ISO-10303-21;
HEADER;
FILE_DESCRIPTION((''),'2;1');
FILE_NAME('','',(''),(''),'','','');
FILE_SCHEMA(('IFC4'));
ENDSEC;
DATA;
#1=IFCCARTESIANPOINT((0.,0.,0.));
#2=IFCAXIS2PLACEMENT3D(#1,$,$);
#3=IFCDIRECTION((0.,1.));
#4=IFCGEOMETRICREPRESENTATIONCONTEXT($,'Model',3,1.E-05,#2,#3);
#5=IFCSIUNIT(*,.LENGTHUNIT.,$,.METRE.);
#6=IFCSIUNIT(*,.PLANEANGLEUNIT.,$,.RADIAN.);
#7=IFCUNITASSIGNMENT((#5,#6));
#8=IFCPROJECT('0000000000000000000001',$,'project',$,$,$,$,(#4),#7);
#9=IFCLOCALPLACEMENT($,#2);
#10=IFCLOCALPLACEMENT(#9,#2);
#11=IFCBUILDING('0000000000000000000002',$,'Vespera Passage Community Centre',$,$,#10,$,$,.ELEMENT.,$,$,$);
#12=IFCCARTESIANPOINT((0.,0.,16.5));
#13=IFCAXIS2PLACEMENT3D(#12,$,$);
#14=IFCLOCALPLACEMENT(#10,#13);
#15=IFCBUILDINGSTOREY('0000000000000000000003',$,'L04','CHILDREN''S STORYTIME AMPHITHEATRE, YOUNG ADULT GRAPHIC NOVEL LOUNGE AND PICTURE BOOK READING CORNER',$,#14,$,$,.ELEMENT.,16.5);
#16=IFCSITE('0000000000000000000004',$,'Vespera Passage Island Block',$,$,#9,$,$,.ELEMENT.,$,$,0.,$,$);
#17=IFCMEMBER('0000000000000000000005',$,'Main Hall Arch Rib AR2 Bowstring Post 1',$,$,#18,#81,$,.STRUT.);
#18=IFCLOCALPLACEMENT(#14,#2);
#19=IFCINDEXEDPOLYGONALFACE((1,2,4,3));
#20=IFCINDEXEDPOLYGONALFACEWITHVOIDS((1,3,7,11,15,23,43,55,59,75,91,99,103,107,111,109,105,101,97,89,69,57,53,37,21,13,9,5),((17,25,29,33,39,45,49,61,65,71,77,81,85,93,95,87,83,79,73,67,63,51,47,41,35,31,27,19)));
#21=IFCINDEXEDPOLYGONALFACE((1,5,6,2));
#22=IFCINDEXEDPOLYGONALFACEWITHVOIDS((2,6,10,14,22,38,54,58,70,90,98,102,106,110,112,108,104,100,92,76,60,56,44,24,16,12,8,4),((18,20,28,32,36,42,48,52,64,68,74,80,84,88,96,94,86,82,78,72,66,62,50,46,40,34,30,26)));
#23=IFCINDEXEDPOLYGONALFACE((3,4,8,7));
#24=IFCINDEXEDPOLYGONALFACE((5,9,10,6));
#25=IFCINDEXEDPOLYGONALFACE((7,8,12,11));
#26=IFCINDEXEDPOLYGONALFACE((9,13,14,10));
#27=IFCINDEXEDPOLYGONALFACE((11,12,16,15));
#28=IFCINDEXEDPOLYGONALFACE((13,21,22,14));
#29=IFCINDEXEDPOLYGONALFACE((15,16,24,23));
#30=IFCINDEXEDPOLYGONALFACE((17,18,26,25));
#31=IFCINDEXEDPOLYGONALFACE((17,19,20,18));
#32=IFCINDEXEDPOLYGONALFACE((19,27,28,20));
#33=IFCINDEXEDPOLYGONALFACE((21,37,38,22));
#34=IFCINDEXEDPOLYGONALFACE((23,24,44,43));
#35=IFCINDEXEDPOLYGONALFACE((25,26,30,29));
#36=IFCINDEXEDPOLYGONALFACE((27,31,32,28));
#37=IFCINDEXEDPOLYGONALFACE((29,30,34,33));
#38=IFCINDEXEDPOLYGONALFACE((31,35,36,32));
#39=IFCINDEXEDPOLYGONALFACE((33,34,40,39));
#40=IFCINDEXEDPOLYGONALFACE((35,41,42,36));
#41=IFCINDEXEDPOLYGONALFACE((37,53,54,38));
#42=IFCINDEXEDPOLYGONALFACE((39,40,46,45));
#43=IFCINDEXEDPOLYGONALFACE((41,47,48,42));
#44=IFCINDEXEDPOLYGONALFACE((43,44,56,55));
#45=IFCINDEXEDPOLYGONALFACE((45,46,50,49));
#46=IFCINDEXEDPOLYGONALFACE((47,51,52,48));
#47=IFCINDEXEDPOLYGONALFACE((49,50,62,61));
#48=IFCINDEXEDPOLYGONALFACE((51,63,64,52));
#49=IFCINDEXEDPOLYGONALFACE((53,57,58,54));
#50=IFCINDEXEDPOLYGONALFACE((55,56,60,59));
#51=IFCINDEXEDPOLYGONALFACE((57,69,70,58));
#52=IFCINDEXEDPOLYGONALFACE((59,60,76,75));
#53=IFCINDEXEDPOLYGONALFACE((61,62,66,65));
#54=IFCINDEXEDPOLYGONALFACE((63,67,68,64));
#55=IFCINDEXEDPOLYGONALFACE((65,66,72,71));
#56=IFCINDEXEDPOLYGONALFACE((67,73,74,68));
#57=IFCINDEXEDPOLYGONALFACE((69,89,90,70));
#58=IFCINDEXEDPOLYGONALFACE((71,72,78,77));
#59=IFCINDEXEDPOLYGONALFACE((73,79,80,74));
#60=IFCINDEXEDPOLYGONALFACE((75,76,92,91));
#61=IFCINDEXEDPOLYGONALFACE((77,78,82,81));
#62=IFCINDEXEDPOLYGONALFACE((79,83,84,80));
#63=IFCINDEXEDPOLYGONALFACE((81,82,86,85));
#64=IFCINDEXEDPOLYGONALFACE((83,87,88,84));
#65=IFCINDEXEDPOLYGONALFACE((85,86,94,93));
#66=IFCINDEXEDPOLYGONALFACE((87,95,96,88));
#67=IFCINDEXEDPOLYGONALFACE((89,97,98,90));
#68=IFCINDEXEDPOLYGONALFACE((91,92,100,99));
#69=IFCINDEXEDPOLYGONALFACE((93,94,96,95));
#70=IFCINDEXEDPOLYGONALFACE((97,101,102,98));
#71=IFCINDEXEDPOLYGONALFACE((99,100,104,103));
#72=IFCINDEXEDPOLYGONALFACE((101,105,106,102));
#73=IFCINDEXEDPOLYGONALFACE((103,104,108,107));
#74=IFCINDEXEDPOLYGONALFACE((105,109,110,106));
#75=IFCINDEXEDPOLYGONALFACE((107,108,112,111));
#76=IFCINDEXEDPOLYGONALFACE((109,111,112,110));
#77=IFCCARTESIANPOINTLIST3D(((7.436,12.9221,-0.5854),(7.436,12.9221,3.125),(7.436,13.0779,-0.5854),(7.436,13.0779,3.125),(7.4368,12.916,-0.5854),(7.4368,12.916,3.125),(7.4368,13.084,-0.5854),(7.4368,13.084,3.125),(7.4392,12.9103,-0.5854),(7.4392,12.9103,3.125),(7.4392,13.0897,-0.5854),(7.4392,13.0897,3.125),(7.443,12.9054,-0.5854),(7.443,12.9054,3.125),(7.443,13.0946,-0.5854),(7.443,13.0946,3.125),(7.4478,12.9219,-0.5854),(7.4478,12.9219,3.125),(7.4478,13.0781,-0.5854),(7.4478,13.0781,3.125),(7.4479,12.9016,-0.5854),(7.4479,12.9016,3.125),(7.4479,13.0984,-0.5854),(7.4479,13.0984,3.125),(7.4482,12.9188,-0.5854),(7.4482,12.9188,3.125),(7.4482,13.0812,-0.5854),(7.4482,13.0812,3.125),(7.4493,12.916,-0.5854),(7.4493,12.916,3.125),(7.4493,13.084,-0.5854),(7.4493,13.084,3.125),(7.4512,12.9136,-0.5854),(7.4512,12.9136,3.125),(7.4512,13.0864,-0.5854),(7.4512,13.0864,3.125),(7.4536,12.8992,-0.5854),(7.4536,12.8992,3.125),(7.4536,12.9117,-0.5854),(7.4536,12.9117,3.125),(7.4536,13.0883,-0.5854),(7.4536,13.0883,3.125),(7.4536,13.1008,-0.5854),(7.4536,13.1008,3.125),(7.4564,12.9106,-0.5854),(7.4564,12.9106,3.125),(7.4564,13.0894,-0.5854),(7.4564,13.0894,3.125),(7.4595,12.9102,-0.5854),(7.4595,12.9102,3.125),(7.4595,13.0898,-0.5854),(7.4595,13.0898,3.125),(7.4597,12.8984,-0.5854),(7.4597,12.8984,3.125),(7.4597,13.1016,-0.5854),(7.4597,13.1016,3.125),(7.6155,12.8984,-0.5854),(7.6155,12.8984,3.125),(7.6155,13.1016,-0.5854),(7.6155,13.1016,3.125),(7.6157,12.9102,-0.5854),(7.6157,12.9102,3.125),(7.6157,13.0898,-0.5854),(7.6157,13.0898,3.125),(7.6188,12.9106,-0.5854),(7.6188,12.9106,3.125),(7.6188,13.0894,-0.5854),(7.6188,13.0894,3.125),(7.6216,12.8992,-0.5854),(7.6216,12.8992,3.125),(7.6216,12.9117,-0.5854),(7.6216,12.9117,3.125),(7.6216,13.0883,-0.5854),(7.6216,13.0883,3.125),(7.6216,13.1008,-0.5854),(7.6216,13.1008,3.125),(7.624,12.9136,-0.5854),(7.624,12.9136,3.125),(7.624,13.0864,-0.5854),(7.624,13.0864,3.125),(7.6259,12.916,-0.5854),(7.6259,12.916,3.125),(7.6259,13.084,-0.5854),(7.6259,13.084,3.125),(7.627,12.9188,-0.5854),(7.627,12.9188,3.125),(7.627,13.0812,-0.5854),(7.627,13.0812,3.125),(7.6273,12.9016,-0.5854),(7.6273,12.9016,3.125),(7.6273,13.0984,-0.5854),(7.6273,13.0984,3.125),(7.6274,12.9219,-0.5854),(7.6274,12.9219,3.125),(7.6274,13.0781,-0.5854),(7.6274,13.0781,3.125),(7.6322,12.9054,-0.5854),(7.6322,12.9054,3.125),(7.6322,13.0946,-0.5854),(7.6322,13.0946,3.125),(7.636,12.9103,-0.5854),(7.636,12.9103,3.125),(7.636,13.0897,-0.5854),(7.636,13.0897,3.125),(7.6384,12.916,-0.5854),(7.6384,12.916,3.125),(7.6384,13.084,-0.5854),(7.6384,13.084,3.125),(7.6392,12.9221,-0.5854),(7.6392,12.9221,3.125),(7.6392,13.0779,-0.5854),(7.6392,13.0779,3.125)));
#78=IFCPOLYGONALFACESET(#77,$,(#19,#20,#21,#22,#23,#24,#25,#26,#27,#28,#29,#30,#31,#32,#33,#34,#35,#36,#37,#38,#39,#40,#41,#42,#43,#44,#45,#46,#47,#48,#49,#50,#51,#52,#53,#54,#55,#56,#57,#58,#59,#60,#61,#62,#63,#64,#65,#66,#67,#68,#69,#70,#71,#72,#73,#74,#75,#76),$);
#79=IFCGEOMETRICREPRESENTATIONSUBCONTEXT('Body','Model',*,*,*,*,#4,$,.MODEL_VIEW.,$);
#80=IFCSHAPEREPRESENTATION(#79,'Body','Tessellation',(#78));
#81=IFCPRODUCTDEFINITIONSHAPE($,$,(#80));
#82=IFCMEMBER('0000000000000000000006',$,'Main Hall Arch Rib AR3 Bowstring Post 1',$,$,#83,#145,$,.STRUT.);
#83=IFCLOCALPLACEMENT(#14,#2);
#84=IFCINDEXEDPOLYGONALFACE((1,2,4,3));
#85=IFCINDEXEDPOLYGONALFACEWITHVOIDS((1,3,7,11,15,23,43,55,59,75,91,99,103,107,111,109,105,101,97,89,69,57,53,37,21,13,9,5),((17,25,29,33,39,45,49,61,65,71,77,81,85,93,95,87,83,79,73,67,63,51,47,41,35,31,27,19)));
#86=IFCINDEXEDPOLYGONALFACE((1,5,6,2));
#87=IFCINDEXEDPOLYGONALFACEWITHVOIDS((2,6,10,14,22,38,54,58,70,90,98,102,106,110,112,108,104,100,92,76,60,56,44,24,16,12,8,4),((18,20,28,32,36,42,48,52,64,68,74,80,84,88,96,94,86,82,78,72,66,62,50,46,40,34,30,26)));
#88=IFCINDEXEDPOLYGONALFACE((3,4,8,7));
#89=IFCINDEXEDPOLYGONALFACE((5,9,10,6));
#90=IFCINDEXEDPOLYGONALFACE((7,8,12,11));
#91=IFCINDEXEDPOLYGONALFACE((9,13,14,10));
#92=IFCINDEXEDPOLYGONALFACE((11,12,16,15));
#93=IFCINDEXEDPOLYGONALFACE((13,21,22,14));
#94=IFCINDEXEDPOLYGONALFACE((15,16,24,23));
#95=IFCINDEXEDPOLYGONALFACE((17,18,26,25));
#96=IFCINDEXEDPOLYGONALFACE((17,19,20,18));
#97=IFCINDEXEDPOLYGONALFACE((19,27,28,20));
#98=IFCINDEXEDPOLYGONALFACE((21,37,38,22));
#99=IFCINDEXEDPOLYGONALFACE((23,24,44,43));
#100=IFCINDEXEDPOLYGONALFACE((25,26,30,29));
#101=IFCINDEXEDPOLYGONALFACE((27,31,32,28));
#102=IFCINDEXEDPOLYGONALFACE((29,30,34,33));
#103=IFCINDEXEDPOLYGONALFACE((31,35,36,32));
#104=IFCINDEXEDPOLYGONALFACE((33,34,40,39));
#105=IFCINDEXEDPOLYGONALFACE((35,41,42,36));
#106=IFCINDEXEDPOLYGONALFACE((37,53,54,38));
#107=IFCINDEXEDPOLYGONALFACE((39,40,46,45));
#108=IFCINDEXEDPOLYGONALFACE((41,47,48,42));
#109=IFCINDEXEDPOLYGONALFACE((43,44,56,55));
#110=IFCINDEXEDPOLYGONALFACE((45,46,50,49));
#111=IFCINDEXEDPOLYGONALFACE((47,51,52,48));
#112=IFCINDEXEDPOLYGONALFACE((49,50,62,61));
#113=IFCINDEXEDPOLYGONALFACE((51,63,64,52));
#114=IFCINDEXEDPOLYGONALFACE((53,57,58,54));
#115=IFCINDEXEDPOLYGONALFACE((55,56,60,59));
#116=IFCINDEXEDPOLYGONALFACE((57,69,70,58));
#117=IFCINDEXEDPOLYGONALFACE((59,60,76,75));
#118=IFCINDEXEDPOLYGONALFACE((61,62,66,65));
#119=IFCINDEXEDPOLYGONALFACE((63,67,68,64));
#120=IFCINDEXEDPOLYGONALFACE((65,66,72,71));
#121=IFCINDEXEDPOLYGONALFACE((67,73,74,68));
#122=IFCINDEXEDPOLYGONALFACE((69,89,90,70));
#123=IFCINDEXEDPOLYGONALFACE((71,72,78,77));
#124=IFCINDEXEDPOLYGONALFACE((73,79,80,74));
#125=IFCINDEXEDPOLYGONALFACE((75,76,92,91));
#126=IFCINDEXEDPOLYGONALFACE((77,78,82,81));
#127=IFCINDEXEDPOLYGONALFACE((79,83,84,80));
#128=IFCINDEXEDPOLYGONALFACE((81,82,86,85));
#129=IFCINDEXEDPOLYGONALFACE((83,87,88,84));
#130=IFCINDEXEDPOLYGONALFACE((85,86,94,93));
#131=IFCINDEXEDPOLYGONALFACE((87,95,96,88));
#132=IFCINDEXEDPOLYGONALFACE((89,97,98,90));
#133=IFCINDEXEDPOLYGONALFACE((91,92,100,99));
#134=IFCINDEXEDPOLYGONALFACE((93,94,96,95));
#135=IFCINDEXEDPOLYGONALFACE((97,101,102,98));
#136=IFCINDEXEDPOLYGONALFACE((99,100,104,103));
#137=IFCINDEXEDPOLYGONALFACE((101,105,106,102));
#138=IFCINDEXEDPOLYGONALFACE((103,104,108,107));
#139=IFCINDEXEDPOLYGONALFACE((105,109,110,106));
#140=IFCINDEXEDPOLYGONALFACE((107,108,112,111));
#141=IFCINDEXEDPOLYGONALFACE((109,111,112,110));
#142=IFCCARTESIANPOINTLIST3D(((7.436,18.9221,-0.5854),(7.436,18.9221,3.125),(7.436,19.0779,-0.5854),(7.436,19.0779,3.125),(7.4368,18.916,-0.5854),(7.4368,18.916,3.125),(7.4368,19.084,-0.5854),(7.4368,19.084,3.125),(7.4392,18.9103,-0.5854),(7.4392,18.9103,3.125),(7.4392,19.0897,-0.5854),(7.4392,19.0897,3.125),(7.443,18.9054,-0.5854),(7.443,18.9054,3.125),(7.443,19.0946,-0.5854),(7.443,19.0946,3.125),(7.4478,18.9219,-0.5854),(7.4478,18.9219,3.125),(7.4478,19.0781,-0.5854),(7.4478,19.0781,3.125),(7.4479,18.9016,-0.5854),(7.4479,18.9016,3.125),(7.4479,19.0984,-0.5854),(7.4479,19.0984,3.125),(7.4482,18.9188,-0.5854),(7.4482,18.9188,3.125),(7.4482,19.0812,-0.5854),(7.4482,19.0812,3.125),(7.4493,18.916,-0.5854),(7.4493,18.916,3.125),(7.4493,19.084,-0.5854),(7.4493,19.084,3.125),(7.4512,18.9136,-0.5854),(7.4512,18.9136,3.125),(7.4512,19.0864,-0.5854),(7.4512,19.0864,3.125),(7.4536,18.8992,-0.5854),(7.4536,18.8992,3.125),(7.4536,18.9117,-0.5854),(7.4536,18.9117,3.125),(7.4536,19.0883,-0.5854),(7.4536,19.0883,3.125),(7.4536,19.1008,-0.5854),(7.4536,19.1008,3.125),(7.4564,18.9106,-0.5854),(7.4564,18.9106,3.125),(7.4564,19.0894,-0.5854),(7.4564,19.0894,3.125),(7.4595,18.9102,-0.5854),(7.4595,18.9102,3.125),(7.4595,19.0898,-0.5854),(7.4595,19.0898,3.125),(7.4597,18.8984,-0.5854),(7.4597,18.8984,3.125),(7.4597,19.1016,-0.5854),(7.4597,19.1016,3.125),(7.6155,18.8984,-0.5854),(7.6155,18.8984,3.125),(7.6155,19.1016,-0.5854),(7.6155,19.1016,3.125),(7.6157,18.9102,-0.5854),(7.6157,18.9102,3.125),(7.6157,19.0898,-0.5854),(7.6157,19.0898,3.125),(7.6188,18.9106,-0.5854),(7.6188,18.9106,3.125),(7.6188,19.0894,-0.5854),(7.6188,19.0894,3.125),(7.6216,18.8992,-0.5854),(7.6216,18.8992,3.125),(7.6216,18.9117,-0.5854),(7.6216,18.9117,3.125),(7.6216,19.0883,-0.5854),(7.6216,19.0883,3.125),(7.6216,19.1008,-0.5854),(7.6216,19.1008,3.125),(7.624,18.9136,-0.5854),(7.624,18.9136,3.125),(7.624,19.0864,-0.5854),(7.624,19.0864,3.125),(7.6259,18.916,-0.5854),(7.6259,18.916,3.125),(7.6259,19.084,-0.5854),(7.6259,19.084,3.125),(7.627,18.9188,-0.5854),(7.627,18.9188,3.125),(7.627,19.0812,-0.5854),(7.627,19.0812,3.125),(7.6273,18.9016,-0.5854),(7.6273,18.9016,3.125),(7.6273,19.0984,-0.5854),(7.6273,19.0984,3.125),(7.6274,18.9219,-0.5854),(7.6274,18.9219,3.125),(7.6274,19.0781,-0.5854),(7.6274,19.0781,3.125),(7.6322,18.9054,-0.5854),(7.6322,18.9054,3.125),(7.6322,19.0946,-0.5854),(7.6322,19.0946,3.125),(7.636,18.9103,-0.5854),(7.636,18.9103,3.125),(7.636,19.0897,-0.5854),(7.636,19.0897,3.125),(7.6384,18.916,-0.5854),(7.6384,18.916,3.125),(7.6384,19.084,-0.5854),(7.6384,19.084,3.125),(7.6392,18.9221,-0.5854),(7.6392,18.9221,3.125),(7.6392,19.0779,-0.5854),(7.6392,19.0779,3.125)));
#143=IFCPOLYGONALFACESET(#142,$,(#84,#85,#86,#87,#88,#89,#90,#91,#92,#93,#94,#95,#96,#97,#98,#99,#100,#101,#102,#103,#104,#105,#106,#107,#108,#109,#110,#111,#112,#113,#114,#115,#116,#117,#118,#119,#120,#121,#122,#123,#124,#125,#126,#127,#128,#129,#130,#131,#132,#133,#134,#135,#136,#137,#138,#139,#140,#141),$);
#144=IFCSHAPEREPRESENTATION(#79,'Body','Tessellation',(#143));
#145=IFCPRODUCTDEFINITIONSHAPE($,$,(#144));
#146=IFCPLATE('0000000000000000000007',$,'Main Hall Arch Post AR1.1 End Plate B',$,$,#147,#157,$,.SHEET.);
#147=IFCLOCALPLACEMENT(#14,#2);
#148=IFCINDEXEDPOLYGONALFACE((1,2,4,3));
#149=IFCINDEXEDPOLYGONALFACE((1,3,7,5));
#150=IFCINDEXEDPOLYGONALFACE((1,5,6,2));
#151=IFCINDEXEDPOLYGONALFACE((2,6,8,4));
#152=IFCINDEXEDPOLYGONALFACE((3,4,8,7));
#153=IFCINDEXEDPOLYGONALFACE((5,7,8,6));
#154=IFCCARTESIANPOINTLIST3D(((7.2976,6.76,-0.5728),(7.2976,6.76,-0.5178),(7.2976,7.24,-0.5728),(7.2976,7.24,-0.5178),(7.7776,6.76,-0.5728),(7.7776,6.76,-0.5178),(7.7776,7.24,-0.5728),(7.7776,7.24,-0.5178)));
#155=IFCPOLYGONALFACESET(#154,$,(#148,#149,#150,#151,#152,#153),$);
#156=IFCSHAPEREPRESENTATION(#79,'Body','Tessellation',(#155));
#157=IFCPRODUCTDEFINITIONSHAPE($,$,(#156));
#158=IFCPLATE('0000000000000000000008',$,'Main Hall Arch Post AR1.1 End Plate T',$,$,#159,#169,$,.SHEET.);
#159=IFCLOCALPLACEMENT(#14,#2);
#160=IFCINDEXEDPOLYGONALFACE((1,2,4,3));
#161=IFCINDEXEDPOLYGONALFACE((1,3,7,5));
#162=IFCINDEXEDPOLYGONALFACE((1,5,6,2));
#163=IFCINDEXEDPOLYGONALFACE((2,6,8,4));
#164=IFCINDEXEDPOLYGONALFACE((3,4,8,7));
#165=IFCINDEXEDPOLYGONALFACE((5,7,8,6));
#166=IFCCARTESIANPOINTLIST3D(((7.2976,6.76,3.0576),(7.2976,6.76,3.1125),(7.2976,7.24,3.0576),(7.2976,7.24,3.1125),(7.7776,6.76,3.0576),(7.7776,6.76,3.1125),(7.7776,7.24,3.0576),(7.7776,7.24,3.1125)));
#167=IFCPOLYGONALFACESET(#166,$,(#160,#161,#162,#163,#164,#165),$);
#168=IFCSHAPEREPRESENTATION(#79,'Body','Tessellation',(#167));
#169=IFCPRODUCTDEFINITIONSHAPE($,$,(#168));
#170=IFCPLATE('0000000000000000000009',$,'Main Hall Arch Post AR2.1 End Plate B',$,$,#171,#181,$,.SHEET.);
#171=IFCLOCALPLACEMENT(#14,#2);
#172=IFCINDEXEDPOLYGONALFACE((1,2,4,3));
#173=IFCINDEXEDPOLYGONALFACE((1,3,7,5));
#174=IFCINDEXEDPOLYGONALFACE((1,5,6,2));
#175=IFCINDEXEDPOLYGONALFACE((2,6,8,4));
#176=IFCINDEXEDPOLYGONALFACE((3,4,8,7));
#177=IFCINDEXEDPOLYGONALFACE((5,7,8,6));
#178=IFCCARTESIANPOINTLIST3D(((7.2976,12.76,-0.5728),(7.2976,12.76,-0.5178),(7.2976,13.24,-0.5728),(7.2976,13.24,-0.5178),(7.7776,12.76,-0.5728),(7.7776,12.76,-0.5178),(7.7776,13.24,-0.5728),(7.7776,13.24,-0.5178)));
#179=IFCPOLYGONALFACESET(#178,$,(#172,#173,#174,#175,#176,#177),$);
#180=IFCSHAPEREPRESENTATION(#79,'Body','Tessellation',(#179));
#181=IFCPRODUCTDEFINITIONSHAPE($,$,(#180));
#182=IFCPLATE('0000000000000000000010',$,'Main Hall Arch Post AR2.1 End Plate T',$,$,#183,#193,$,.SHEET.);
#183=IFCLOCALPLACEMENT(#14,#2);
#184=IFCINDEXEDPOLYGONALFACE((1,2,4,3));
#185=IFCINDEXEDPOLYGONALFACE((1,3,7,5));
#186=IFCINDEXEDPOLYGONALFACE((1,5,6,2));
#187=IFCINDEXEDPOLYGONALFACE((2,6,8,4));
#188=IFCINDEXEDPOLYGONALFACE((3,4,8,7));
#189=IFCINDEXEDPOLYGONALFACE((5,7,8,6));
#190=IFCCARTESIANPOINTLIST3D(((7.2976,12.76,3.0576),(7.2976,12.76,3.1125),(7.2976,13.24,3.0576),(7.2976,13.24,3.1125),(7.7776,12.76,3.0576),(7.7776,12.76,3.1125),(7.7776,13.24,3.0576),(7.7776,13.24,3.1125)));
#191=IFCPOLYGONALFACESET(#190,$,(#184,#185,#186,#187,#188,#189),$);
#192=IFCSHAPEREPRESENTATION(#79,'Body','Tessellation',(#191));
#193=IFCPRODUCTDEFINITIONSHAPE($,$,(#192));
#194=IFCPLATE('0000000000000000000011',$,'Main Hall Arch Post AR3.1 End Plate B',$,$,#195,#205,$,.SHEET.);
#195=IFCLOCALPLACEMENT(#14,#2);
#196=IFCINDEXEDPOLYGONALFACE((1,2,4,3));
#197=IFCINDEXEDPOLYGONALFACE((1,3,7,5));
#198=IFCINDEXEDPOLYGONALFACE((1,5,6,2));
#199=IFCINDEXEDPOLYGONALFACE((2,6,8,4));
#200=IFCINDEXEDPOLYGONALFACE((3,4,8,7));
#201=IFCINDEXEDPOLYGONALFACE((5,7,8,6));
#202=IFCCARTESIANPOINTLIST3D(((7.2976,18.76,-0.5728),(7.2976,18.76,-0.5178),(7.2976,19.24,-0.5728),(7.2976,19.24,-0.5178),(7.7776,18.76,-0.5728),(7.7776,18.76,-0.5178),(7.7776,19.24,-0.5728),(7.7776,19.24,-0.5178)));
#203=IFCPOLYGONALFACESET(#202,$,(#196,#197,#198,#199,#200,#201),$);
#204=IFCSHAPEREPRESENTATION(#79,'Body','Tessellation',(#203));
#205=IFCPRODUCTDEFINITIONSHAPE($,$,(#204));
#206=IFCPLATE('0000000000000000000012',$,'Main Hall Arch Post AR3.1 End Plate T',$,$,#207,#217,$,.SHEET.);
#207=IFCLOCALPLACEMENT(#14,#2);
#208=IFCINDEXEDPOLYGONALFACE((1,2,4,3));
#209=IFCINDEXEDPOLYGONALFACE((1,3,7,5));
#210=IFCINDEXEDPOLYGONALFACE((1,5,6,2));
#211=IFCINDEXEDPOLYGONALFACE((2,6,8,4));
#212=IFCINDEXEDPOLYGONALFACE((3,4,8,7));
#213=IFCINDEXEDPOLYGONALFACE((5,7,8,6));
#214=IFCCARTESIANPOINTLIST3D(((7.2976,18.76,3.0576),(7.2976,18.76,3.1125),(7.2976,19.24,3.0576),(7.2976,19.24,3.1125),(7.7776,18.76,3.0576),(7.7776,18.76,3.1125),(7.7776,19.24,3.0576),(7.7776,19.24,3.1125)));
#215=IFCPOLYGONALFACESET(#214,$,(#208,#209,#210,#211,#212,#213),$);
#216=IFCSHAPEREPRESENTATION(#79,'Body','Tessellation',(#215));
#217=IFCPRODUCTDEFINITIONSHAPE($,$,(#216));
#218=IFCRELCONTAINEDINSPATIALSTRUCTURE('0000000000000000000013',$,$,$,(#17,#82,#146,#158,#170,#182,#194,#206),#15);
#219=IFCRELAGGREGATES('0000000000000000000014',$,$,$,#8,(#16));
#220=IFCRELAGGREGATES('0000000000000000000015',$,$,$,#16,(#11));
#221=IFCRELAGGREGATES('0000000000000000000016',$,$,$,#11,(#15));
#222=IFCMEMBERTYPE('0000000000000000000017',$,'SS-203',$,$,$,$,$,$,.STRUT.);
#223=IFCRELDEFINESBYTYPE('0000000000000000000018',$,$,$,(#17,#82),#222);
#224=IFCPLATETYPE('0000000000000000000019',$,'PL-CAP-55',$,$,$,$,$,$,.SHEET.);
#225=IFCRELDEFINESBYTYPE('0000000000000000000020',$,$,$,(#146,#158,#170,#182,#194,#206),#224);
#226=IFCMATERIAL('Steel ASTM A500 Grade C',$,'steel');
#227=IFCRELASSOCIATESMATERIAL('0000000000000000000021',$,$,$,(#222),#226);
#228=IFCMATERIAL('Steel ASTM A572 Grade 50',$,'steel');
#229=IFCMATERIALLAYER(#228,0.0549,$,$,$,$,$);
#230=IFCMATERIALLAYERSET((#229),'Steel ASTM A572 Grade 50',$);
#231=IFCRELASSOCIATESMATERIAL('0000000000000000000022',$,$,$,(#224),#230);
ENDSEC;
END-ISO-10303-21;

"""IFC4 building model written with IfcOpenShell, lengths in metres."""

from ifc_helpers import new_model, si_unit, direction, frame, origin, origin_2d, place, context, subcontext, project, spatial, rectangle, hollow_rectangle, extrude, material, layer, layer_set, material_profile, profile_set, type_object, element, save


model = new_model("IFC4")

# Units and contexts
model_context = context("Model", 3, precision=1e-05, world=origin(), true_north=direction((0.0, 1.0)))
body_context = subcontext(model_context, "Body", "Model", "MODEL_VIEW")
ifc_project = project(units=[si_unit("LENGTHUNIT", "METRE"), si_unit("PLANEANGLEUNIT", "RADIAN")], contexts=[model_context])

# Site, building, storey
site_placement = place(None, origin())
site = spatial("IfcSite", under=ifc_project, at=site_placement, Name="Vespera Passage Island Block", CompositionType="ELEMENT", RefElevation=0.0)
building_placement = place(site_placement, origin())
building = spatial("IfcBuilding", under=site, at=building_placement, Name="Vespera Passage Community Centre", CompositionType="ELEMENT")
storey_placement = place(building_placement, frame((0.0, 0.0, 16.5)))
storey = spatial("IfcBuildingStorey", under=building, at=storey_placement, Name="L04", Description="CHILDREN'S STORYTIME AMPHITHEATRE, YOUNG ADULT GRAPHIC NOVEL LOUNGE AND PICTURE BOOK READING CORNER", CompositionType="ELEMENT", Elevation=16.5)

# Members
ifc_material_1 = material(Name="Steel ASTM A500 Grade C", Category="steel")
ifc_material_profile_1 = material_profile(ifc_material_1, hollow_rectangle(XDim=0.2031, YDim=0.2031, WallThickness=0.0117, InnerFilletRadius=0.0117, OuterFilletRadius=0.0237, at=origin_2d()), Name="HSS203X203X12.7")
ifc_profile_set_1 = profile_set([ifc_material_profile_1], Name="Steel ASTM A500 Grade C")
member_type_1 = type_object("IfcMemberType", Name="SS-203", PredefinedType="STRUT", material=ifc_profile_set_1)
for number, where, z_axis, x_axis, name in (
    (1, (7.5376, 13.0, -0.5854), (0.0, 0.0, 1.0), (1.0, 0.0, 0.0), "Main Hall Arch Rib AR2 Bowstring Post 1"),
    (2, (7.5376, 19.0, -0.5854), (0.0, 0.0, 1.0), (1.0, 0.0, 0.0), "Main Hall Arch Rib AR3 Bowstring Post 1"),
):
    element("IfcMember", number, at=place(storey_placement, frame(where, z_axis=z_axis, x_axis=x_axis)), inside=storey, type_object=member_type_1, Name=name, PredefinedType="STRUT", context=body_context, shape_type="SweptSolid", body=[
        extrude(hollow_rectangle(XDim=0.2031, YDim=0.2031, WallThickness=0.0117, InnerFilletRadius=0.0117, OuterFilletRadius=0.0237, at=origin_2d()), origin(), (0.0, 0.0, 1.0), 3.7104),
    ])

# Plates
ifc_material_2 = material(Name="Steel ASTM A572 Grade 50", Category="steel")
ifc_layer_1 = layer(ifc_material_2, 0.0549)
ifc_layer_set_1 = layer_set([ifc_layer_1], Name="Steel ASTM A572 Grade 50")
plate_type = type_object("IfcPlateType", Name="PL-CAP-55", PredefinedType="SHEET", material=ifc_layer_set_1)
for number, where, z_axis, x_axis, name in (
    (3, (7.5376, 7.0, -0.5728), (0.0, 0.0, 1.0), (1.0, 0.0, 0.0), "Main Hall Arch Post AR1.1 End Plate B"),
    (4, (7.5376, 7.0, 3.0576), (0.0, 0.0, 1.0), (1.0, 0.0, 0.0), "Main Hall Arch Post AR1.1 End Plate T"),
    (5, (7.5376, 13.0, -0.5728), (0.0, 0.0, 1.0), (1.0, 0.0, 0.0), "Main Hall Arch Post AR2.1 End Plate B"),
    (6, (7.5376, 13.0, 3.0576), (0.0, 0.0, 1.0), (1.0, 0.0, 0.0), "Main Hall Arch Post AR2.1 End Plate T"),
    (7, (7.5376, 19.0, -0.5728), (0.0, 0.0, 1.0), (1.0, 0.0, 0.0), "Main Hall Arch Post AR3.1 End Plate B"),
    (8, (7.5376, 19.0, 3.0576), (0.0, 0.0, 1.0), (1.0, 0.0, 0.0), "Main Hall Arch Post AR3.1 End Plate T"),
):
    element("IfcPlate", number, at=place(storey_placement, frame(where, z_axis=z_axis, x_axis=x_axis)), inside=storey, type_object=plate_type, Name=name, PredefinedType="SHEET", context=body_context, shape_type="SweptSolid", body=[
        extrude(rectangle(XDim=0.48, YDim=0.48, at=origin_2d()), origin(), (0.0, 0.0, 1.0), 0.0549),
    ])

save(model, "model.ifc")
